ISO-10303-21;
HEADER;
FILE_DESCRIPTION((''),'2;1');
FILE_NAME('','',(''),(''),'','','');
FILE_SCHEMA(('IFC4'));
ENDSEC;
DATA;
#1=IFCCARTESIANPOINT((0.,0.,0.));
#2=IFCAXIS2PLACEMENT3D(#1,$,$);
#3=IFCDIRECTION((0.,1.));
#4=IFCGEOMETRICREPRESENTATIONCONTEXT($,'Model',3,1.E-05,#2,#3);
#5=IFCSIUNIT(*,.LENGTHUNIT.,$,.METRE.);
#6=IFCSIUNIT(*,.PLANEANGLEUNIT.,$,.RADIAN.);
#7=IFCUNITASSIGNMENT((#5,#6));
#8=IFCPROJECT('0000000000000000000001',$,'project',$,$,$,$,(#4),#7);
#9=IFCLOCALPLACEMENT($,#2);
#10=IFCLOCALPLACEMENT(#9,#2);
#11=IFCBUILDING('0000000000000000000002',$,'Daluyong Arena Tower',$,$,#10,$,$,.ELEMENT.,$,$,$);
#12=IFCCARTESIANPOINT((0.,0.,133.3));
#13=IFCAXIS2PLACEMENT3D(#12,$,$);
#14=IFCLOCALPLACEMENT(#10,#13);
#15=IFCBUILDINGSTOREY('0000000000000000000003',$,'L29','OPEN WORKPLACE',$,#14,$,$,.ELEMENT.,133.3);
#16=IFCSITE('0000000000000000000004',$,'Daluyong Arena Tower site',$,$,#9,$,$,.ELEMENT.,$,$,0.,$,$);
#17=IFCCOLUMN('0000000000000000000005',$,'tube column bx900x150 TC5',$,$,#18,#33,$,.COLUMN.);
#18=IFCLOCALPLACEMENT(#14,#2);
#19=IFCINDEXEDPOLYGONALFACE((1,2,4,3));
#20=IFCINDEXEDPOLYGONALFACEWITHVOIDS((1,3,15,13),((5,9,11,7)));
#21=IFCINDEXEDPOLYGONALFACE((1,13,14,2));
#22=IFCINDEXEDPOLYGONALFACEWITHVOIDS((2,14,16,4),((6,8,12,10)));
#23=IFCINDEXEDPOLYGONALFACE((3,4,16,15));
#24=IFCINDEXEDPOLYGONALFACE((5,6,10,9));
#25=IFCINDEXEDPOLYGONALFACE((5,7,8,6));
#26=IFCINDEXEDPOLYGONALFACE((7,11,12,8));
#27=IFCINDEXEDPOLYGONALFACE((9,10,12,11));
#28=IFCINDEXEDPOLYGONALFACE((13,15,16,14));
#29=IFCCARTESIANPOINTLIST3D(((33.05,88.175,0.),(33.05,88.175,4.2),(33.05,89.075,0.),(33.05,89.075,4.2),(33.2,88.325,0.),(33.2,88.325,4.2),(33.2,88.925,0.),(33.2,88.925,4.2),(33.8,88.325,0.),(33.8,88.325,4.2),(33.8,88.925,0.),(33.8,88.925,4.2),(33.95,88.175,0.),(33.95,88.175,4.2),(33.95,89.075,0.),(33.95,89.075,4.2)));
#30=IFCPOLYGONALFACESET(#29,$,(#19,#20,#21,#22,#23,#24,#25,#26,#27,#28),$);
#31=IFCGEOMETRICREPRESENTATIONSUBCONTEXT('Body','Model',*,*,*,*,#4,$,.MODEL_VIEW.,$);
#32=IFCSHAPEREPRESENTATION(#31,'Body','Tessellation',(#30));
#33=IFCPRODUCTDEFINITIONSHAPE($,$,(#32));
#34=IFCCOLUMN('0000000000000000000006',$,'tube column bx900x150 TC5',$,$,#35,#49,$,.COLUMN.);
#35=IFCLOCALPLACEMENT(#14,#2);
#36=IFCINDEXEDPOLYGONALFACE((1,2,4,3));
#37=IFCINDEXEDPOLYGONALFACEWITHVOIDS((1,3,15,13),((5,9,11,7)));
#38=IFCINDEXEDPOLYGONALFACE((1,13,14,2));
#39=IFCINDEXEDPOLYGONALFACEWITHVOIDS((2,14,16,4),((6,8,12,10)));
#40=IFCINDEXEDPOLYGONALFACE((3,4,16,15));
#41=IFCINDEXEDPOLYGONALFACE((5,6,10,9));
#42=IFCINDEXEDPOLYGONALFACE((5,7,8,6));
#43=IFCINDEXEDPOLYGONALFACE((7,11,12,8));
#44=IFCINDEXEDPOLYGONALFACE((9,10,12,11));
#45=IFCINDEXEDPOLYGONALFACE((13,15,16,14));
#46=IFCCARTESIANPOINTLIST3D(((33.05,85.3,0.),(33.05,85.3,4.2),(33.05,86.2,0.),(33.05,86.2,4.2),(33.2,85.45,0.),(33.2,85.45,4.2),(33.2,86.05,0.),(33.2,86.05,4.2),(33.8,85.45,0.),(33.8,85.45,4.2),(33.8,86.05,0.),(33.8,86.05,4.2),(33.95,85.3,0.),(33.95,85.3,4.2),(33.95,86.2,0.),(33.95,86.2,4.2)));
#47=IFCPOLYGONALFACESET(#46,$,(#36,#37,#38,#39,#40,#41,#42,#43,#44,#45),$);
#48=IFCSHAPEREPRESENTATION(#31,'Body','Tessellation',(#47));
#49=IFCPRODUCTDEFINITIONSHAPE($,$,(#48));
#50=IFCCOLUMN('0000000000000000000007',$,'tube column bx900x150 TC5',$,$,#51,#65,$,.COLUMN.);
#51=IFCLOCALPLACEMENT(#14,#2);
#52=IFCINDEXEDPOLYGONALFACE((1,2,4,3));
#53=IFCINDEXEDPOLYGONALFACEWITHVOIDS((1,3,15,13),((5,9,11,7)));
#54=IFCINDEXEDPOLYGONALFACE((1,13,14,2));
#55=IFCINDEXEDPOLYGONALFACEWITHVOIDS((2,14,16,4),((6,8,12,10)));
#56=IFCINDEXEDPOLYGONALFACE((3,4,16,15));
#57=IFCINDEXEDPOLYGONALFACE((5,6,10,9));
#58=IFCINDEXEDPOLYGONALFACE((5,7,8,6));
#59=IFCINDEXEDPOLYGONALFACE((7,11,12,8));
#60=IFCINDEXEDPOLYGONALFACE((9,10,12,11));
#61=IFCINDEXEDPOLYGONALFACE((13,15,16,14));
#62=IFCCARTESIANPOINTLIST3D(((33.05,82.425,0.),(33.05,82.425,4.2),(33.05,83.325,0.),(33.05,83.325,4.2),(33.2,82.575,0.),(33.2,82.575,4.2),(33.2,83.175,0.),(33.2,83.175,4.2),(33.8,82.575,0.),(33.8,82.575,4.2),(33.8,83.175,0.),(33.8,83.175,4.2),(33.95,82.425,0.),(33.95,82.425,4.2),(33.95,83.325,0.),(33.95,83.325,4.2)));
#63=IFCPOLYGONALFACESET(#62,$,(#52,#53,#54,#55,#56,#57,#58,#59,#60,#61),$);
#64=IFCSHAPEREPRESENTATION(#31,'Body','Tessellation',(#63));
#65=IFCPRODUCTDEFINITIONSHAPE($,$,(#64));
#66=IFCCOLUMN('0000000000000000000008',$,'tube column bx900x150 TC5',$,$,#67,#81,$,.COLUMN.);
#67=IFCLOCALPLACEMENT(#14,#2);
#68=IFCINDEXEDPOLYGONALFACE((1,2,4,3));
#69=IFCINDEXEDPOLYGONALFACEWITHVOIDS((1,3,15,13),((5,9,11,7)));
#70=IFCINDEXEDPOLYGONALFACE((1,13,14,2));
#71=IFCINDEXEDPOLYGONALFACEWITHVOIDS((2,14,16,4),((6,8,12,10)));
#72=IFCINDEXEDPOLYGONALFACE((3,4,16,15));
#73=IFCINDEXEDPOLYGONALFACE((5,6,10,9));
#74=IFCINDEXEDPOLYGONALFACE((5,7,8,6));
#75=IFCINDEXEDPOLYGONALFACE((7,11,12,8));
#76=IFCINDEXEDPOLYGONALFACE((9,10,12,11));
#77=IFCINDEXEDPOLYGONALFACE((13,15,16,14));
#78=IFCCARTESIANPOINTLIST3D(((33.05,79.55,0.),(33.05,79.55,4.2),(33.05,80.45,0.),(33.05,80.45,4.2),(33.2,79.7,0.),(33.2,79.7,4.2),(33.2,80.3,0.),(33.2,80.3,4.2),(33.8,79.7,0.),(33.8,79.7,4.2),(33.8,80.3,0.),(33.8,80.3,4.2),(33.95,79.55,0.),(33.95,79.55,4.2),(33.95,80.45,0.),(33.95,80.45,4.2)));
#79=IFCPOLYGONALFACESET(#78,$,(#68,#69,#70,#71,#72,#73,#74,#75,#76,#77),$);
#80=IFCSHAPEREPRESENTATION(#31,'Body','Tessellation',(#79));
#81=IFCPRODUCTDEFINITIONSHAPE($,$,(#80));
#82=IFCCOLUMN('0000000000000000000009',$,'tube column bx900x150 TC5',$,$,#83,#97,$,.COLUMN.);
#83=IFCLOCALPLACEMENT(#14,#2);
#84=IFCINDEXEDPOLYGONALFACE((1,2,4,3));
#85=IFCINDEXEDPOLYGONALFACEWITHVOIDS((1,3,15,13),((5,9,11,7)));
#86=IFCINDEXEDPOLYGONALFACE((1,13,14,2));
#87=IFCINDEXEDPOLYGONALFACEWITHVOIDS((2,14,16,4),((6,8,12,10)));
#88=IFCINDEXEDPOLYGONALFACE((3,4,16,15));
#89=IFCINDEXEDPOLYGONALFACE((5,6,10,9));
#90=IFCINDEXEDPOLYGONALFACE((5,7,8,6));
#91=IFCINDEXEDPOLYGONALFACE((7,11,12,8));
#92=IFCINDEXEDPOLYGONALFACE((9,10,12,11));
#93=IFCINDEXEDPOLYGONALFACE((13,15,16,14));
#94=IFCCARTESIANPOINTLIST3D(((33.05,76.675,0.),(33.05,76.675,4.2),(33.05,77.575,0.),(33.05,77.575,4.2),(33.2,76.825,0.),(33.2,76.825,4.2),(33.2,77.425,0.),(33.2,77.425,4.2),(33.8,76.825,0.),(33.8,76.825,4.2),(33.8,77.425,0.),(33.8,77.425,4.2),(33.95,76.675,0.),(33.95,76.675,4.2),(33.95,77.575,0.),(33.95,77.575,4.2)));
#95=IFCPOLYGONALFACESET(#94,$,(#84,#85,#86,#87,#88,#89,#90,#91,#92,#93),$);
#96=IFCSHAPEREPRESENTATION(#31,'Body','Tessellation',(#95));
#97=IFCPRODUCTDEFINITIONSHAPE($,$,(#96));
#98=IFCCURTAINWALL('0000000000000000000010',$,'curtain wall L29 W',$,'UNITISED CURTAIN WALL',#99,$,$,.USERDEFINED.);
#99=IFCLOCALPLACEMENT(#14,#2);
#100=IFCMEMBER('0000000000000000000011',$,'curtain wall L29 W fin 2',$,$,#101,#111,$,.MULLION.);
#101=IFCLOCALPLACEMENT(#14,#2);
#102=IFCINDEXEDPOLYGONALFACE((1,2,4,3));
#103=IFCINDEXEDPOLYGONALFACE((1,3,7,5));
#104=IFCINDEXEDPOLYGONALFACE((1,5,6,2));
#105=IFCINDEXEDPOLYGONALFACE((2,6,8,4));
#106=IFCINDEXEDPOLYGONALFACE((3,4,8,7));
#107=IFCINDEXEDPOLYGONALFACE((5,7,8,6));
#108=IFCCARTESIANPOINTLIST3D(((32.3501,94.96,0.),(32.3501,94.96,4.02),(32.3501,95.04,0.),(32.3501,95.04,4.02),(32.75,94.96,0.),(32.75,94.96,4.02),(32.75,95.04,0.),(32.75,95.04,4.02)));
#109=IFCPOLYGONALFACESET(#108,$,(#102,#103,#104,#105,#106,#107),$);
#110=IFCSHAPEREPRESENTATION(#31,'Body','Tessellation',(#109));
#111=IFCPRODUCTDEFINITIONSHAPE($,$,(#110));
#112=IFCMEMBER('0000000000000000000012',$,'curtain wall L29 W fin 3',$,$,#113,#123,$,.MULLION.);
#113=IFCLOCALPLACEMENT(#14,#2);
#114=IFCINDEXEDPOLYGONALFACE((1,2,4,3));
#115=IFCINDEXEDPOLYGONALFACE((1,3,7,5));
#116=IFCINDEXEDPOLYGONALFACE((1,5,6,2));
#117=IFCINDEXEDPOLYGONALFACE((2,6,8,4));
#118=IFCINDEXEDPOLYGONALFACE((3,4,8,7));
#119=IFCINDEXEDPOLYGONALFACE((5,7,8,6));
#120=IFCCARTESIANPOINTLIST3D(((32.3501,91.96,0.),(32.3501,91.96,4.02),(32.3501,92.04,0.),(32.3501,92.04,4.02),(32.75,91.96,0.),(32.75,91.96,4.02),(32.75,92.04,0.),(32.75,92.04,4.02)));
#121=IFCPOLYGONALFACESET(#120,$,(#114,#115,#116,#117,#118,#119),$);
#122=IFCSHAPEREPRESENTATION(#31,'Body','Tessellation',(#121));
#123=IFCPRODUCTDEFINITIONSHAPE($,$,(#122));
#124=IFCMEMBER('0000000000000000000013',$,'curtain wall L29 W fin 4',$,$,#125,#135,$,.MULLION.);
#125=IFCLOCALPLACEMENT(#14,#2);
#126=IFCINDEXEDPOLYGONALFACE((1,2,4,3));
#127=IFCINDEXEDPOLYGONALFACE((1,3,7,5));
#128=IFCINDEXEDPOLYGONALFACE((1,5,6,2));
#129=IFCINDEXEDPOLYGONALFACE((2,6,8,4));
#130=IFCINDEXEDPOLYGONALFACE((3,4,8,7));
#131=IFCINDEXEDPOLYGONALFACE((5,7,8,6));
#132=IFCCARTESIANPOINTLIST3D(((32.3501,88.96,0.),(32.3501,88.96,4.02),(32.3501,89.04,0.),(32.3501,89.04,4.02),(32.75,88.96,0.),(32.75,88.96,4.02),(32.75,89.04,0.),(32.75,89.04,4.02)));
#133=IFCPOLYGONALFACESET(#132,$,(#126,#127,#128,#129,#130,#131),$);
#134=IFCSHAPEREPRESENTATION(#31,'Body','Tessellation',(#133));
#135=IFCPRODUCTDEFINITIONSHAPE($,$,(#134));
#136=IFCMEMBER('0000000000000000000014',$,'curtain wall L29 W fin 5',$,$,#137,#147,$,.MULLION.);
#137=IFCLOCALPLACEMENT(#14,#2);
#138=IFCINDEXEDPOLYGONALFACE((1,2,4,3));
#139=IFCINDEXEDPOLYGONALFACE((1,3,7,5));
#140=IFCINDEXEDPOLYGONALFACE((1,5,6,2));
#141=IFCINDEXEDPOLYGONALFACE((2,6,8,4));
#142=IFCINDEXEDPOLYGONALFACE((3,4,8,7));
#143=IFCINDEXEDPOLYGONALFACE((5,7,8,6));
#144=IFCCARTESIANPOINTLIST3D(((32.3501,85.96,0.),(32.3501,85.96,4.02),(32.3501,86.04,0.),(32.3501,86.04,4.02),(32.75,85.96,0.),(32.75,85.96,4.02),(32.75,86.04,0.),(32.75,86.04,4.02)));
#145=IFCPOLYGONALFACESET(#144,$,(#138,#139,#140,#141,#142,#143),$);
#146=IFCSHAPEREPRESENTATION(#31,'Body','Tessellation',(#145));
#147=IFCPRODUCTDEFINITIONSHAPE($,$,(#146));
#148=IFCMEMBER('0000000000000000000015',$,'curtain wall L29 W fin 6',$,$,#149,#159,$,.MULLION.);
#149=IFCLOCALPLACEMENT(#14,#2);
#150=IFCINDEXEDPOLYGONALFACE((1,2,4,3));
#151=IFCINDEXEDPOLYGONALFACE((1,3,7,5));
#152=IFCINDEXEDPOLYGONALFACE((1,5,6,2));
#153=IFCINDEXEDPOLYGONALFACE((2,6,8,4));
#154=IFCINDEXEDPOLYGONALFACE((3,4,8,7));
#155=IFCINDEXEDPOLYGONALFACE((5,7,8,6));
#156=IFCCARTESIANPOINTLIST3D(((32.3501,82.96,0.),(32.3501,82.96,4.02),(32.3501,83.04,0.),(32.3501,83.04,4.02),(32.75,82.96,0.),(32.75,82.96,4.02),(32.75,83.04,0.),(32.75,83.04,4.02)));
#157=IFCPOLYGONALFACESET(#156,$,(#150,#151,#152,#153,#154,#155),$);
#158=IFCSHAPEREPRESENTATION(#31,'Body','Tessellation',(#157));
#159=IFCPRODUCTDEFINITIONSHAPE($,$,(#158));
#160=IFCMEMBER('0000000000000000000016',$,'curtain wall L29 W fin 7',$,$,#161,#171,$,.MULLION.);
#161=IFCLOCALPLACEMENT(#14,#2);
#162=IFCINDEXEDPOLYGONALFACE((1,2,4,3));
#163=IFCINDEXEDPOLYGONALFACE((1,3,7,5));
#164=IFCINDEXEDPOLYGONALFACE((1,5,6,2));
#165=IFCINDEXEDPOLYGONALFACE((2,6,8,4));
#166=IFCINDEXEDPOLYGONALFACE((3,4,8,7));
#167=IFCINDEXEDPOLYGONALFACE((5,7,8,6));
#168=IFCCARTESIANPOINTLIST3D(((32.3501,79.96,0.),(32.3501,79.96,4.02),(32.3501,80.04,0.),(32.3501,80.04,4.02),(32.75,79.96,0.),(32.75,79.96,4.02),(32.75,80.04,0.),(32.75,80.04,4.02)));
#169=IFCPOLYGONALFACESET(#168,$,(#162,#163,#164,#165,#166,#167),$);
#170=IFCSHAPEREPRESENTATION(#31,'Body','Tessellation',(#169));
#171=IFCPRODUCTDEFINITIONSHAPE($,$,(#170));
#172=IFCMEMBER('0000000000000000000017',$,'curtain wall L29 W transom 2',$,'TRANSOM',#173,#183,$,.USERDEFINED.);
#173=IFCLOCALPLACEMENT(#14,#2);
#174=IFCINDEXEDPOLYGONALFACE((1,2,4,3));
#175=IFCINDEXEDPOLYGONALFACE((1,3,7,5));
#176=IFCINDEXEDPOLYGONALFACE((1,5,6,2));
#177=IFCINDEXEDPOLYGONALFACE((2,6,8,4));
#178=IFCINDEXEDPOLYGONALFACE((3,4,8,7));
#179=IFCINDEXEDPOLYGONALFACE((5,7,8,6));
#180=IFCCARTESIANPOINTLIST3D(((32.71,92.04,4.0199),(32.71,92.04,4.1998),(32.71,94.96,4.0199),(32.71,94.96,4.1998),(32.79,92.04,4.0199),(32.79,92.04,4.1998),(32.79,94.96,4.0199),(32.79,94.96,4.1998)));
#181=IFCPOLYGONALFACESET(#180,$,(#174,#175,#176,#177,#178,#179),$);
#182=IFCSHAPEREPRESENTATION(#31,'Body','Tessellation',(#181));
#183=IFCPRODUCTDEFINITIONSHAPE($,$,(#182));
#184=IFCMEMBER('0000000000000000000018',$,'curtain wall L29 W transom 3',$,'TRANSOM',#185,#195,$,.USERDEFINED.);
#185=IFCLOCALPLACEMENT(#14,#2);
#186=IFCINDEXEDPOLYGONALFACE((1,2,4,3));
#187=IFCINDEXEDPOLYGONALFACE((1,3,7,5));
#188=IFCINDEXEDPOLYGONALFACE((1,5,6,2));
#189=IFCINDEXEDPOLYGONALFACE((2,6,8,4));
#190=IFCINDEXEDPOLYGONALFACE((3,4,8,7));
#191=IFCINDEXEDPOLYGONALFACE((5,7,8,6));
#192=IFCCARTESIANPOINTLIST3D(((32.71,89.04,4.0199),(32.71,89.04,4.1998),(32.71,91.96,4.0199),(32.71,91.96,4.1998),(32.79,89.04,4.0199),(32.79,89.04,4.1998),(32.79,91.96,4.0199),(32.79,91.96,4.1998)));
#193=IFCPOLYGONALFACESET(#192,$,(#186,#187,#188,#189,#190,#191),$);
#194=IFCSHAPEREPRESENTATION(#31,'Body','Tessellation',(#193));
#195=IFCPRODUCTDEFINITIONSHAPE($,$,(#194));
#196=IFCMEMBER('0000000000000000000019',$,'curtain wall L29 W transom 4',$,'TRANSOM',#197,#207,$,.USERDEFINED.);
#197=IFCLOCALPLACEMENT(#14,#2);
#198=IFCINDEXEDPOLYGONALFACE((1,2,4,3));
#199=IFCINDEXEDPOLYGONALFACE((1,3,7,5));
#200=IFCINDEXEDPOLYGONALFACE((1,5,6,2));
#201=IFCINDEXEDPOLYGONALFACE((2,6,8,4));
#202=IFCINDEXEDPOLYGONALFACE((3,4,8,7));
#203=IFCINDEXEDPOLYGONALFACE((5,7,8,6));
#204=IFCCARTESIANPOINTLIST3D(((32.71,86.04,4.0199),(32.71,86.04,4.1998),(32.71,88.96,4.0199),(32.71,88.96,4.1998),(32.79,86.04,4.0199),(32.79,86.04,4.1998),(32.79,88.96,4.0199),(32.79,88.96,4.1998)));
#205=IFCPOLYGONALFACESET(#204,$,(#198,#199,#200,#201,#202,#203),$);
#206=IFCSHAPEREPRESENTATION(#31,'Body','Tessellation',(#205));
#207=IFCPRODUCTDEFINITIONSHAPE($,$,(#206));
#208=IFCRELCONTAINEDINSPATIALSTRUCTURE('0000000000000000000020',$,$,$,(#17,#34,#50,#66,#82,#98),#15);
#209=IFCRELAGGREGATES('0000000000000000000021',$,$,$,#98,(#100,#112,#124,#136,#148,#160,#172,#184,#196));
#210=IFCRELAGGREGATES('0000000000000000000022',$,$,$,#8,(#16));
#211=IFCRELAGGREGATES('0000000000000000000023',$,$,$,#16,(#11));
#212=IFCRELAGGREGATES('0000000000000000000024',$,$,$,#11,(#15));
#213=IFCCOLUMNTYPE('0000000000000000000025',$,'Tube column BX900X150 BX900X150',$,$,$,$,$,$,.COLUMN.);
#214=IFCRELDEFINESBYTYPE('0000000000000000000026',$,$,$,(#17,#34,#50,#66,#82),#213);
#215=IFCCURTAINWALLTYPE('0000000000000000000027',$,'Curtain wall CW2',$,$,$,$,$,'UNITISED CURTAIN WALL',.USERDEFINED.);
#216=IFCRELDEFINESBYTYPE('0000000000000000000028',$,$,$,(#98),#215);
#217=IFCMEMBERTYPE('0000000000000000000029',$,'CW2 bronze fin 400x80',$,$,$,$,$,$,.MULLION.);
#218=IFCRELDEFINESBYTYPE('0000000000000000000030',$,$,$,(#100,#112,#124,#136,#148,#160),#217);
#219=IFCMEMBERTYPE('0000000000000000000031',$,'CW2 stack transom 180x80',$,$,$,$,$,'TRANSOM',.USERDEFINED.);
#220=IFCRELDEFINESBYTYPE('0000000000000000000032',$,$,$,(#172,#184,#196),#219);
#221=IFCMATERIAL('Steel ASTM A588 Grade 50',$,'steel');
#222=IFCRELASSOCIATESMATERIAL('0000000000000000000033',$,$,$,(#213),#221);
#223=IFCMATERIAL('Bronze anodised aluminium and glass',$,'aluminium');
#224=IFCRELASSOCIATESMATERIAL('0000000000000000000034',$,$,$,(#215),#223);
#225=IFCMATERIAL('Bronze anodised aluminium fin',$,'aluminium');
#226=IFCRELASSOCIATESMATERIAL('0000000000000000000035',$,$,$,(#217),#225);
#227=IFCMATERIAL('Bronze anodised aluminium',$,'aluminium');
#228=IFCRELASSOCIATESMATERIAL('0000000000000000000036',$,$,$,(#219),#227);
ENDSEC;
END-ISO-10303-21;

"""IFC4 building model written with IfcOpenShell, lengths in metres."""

from ifc_helpers import new_model, si_unit, direction, frame, origin, origin_2d, place, context, subcontext, project, spatial, rectangle, hollow_rectangle, extrude, material, material_profile, profile_set, type_object, element, aggregate, save


model = new_model("IFC4")

# Units and contexts
model_context = context("Model", 3, precision=1e-05, world=origin(), true_north=direction((0.0, 1.0)))
body_context = subcontext(model_context, "Body", "Model", "MODEL_VIEW")
ifc_project = project(units=[si_unit("LENGTHUNIT", "METRE"), si_unit("PLANEANGLEUNIT", "RADIAN")], contexts=[model_context])

# Site, building, storey
site_placement = place(None, origin())
site = spatial("IfcSite", under=ifc_project, at=site_placement, Name="Daluyong Arena Tower site", CompositionType="ELEMENT", RefElevation=0.0)
building_placement = place(site_placement, origin())
building = spatial("IfcBuilding", under=site, at=building_placement, Name="Daluyong Arena Tower", CompositionType="ELEMENT")
storey_placement = place(building_placement, frame((0.0, 0.0, 133.3)))
storey = spatial("IfcBuildingStorey", under=building, at=storey_placement, Name="L29", Description="OPEN WORKPLACE", CompositionType="ELEMENT", Elevation=133.3)

# Columns
ifc_material_1 = material(Name="Steel ASTM A588 Grade 50", Category="steel")
ifc_material_profile_1 = material_profile(ifc_material_1, hollow_rectangle(XDim=0.8999, YDim=0.8999, WallThickness=0.15, at=origin_2d()))
ifc_profile_set_1 = profile_set([ifc_material_profile_1], Name="Steel ASTM A588 Grade 50")
column_type = type_object("IfcColumnType", Name="Tube column BX900X150 BX900X150", PredefinedType="COLUMN", material=ifc_profile_set_1)
for number, where, z_axis, x_axis, name in (
    (1, (33.5, 88.625, 0.0), (0.0, 0.0, 1.0), (0.0, 1.0, 0.0), "tube column bx900x150 TC5"),
    (2, (33.5, 85.75, 0.0), (0.0, 0.0, 1.0), (0.0, 1.0, 0.0), "tube column bx900x150 TC5"),
    (3, (33.5, 82.875, 0.0), (0.0, 0.0, 1.0), (0.0, 1.0, 0.0), "tube column bx900x150 TC5"),
    (4, (33.5, 80.0, 0.0), (0.0, 0.0, 1.0), (0.0, 1.0, 0.0), "tube column bx900x150 TC5"),
    (5, (33.5, 77.125, 0.0), (0.0, 0.0, 1.0), (0.0, 1.0, 0.0), "tube column bx900x150 TC5"),
):
    element("IfcColumn", number, at=place(storey_placement, frame(where, z_axis=z_axis, x_axis=x_axis)), inside=storey, type_object=column_type, Name=name, PredefinedType="COLUMN", context=body_context, shape_type="SweptSolid", body=[
        extrude(hollow_rectangle(XDim=0.8999, YDim=0.8999, WallThickness=0.15, at=origin_2d()), origin(), (0.0, 0.0, 1.0), 4.2),
    ])

# Curtain wall, members
ifc_material_2 = material(Name="Bronze anodised aluminium and glass", Category="aluminium")
curtain_wall_type = type_object("IfcCurtainWallType", Name="Curtain wall CW2", ElementType="UNITISED CURTAIN WALL", PredefinedType="USERDEFINED", material=ifc_material_2)
curtain_wall_placement = place(storey_placement, origin())
curtain_wall = element("IfcCurtainWall", 6, at=curtain_wall_placement, inside=storey, type_object=curtain_wall_type, Name="curtain wall L29 W", ObjectType="UNITISED CURTAIN WALL", PredefinedType="USERDEFINED")
ifc_material_3 = material(Name="Bronze anodised aluminium fin", Category="aluminium")
ifc_material_profile_2 = material_profile(ifc_material_3, rectangle(XDim=0.3999, YDim=0.0801, at=origin_2d()))
ifc_profile_set_2 = profile_set([ifc_material_profile_2], Name="Bronze anodised aluminium fin")
member_type_1 = type_object("IfcMemberType", Name="CW2 bronze fin 400x80", PredefinedType="MULLION", material=ifc_profile_set_2)
member_1_placement = place(storey_placement, frame((32.55, 95.0, 0.0), z_axis=(0.0, 0.0, 1.0), x_axis=(1.0, 0.0, 0.0)))
member_1 = element("IfcMember", 7, at=member_1_placement, type_object=member_type_1, Name="curtain wall L29 W fin 2", PredefinedType="MULLION", context=body_context, shape_type="SweptSolid", body=[
    extrude(rectangle(XDim=0.3999, YDim=0.0801, at=origin_2d()), origin(), (0.0, 0.0, 1.0), 4.02),
])
member_2_placement = place(storey_placement, frame((32.55, 92.0, 0.0), z_axis=(0.0, 0.0, 1.0), x_axis=(1.0, 0.0, 0.0)))
member_2 = element("IfcMember", 8, at=member_2_placement, type_object=member_type_1, Name="curtain wall L29 W fin 3", PredefinedType="MULLION", context=body_context, shape_type="SweptSolid", body=[
    extrude(rectangle(XDim=0.3999, YDim=0.0801, at=origin_2d()), origin(), (0.0, 0.0, 1.0), 4.02),
])
member_3_placement = place(storey_placement, frame((32.55, 89.0, 0.0), z_axis=(0.0, 0.0, 1.0), x_axis=(1.0, 0.0, 0.0)))
member_3 = element("IfcMember", 9, at=member_3_placement, type_object=member_type_1, Name="curtain wall L29 W fin 4", PredefinedType="MULLION", context=body_context, shape_type="SweptSolid", body=[
    extrude(rectangle(XDim=0.3999, YDim=0.0801, at=origin_2d()), origin(), (0.0, 0.0, 1.0), 4.02),
])
member_4_placement = place(storey_placement, frame((32.55, 86.0, 0.0), z_axis=(0.0, 0.0, 1.0), x_axis=(1.0, 0.0, 0.0)))
member_4 = element("IfcMember", 10, at=member_4_placement, type_object=member_type_1, Name="curtain wall L29 W fin 5", PredefinedType="MULLION", context=body_context, shape_type="SweptSolid", body=[
    extrude(rectangle(XDim=0.3999, YDim=0.0801, at=origin_2d()), origin(), (0.0, 0.0, 1.0), 4.02),
])
member_5_placement = place(storey_placement, frame((32.55, 83.0, 0.0), z_axis=(0.0, 0.0, 1.0), x_axis=(1.0, 0.0, 0.0)))
member_5 = element("IfcMember", 11, at=member_5_placement, type_object=member_type_1, Name="curtain wall L29 W fin 6", PredefinedType="MULLION", context=body_context, shape_type="SweptSolid", body=[
    extrude(rectangle(XDim=0.3999, YDim=0.0801, at=origin_2d()), origin(), (0.0, 0.0, 1.0), 4.02),
])
member_6_placement = place(storey_placement, frame((32.55, 80.0, 0.0), z_axis=(0.0, 0.0, 1.0), x_axis=(1.0, 0.0, 0.0)))
member_6 = element("IfcMember", 12, at=member_6_placement, type_object=member_type_1, Name="curtain wall L29 W fin 7", PredefinedType="MULLION", context=body_context, shape_type="SweptSolid", body=[
    extrude(rectangle(XDim=0.3999, YDim=0.0801, at=origin_2d()), origin(), (0.0, 0.0, 1.0), 4.02),
])
ifc_material_4 = material(Name="Bronze anodised aluminium", Category="aluminium")
ifc_material_profile_3 = material_profile(ifc_material_4, rectangle(XDim=0.0801, YDim=0.1799, at=origin_2d()))
ifc_profile_set_3 = profile_set([ifc_material_profile_3], Name="Bronze anodised aluminium")
member_type_2 = type_object("IfcMemberType", Name="CW2 stack transom 180x80", ElementType="TRANSOM", PredefinedType="USERDEFINED", material=ifc_profile_set_3)
member_7_placement = place(storey_placement, frame((32.75, 94.96, 4.1099), z_axis=(0.0, -1.0, 0.0), x_axis=(1.0, 0.0, 0.0)))
member_7 = element("IfcMember", 13, at=member_7_placement, type_object=member_type_2, Name="curtain wall L29 W transom 2", ObjectType="TRANSOM", PredefinedType="USERDEFINED", context=body_context, shape_type="SweptSolid", body=[
    extrude(rectangle(XDim=0.0801, YDim=0.1799, at=origin_2d()), origin(), (0.0, 0.0, 1.0), 2.9199),
])
member_8_placement = place(storey_placement, frame((32.75, 91.96, 4.1099), z_axis=(0.0, -1.0, 0.0), x_axis=(1.0, 0.0, 0.0)))
member_8 = element("IfcMember", 14, at=member_8_placement, type_object=member_type_2, Name="curtain wall L29 W transom 3", ObjectType="TRANSOM", PredefinedType="USERDEFINED", context=body_context, shape_type="SweptSolid", body=[
    extrude(rectangle(XDim=0.0801, YDim=0.1799, at=origin_2d()), origin(), (0.0, 0.0, 1.0), 2.9199),
])
member_9_placement = place(storey_placement, frame((32.75, 88.96, 4.1099), z_axis=(0.0, -1.0, 0.0), x_axis=(1.0, 0.0, 0.0)))
member_9 = element("IfcMember", 15, at=member_9_placement, type_object=member_type_2, Name="curtain wall L29 W transom 4", ObjectType="TRANSOM", PredefinedType="USERDEFINED", context=body_context, shape_type="SweptSolid", body=[
    extrude(rectangle(XDim=0.0801, YDim=0.1799, at=origin_2d()), origin(), (0.0, 0.0, 1.0), 2.9199),
])

aggregate(curtain_wall, [member_1, member_2, member_3, member_4, member_5, member_6, member_7, member_8, member_9])

save(model, "model.ifc")
